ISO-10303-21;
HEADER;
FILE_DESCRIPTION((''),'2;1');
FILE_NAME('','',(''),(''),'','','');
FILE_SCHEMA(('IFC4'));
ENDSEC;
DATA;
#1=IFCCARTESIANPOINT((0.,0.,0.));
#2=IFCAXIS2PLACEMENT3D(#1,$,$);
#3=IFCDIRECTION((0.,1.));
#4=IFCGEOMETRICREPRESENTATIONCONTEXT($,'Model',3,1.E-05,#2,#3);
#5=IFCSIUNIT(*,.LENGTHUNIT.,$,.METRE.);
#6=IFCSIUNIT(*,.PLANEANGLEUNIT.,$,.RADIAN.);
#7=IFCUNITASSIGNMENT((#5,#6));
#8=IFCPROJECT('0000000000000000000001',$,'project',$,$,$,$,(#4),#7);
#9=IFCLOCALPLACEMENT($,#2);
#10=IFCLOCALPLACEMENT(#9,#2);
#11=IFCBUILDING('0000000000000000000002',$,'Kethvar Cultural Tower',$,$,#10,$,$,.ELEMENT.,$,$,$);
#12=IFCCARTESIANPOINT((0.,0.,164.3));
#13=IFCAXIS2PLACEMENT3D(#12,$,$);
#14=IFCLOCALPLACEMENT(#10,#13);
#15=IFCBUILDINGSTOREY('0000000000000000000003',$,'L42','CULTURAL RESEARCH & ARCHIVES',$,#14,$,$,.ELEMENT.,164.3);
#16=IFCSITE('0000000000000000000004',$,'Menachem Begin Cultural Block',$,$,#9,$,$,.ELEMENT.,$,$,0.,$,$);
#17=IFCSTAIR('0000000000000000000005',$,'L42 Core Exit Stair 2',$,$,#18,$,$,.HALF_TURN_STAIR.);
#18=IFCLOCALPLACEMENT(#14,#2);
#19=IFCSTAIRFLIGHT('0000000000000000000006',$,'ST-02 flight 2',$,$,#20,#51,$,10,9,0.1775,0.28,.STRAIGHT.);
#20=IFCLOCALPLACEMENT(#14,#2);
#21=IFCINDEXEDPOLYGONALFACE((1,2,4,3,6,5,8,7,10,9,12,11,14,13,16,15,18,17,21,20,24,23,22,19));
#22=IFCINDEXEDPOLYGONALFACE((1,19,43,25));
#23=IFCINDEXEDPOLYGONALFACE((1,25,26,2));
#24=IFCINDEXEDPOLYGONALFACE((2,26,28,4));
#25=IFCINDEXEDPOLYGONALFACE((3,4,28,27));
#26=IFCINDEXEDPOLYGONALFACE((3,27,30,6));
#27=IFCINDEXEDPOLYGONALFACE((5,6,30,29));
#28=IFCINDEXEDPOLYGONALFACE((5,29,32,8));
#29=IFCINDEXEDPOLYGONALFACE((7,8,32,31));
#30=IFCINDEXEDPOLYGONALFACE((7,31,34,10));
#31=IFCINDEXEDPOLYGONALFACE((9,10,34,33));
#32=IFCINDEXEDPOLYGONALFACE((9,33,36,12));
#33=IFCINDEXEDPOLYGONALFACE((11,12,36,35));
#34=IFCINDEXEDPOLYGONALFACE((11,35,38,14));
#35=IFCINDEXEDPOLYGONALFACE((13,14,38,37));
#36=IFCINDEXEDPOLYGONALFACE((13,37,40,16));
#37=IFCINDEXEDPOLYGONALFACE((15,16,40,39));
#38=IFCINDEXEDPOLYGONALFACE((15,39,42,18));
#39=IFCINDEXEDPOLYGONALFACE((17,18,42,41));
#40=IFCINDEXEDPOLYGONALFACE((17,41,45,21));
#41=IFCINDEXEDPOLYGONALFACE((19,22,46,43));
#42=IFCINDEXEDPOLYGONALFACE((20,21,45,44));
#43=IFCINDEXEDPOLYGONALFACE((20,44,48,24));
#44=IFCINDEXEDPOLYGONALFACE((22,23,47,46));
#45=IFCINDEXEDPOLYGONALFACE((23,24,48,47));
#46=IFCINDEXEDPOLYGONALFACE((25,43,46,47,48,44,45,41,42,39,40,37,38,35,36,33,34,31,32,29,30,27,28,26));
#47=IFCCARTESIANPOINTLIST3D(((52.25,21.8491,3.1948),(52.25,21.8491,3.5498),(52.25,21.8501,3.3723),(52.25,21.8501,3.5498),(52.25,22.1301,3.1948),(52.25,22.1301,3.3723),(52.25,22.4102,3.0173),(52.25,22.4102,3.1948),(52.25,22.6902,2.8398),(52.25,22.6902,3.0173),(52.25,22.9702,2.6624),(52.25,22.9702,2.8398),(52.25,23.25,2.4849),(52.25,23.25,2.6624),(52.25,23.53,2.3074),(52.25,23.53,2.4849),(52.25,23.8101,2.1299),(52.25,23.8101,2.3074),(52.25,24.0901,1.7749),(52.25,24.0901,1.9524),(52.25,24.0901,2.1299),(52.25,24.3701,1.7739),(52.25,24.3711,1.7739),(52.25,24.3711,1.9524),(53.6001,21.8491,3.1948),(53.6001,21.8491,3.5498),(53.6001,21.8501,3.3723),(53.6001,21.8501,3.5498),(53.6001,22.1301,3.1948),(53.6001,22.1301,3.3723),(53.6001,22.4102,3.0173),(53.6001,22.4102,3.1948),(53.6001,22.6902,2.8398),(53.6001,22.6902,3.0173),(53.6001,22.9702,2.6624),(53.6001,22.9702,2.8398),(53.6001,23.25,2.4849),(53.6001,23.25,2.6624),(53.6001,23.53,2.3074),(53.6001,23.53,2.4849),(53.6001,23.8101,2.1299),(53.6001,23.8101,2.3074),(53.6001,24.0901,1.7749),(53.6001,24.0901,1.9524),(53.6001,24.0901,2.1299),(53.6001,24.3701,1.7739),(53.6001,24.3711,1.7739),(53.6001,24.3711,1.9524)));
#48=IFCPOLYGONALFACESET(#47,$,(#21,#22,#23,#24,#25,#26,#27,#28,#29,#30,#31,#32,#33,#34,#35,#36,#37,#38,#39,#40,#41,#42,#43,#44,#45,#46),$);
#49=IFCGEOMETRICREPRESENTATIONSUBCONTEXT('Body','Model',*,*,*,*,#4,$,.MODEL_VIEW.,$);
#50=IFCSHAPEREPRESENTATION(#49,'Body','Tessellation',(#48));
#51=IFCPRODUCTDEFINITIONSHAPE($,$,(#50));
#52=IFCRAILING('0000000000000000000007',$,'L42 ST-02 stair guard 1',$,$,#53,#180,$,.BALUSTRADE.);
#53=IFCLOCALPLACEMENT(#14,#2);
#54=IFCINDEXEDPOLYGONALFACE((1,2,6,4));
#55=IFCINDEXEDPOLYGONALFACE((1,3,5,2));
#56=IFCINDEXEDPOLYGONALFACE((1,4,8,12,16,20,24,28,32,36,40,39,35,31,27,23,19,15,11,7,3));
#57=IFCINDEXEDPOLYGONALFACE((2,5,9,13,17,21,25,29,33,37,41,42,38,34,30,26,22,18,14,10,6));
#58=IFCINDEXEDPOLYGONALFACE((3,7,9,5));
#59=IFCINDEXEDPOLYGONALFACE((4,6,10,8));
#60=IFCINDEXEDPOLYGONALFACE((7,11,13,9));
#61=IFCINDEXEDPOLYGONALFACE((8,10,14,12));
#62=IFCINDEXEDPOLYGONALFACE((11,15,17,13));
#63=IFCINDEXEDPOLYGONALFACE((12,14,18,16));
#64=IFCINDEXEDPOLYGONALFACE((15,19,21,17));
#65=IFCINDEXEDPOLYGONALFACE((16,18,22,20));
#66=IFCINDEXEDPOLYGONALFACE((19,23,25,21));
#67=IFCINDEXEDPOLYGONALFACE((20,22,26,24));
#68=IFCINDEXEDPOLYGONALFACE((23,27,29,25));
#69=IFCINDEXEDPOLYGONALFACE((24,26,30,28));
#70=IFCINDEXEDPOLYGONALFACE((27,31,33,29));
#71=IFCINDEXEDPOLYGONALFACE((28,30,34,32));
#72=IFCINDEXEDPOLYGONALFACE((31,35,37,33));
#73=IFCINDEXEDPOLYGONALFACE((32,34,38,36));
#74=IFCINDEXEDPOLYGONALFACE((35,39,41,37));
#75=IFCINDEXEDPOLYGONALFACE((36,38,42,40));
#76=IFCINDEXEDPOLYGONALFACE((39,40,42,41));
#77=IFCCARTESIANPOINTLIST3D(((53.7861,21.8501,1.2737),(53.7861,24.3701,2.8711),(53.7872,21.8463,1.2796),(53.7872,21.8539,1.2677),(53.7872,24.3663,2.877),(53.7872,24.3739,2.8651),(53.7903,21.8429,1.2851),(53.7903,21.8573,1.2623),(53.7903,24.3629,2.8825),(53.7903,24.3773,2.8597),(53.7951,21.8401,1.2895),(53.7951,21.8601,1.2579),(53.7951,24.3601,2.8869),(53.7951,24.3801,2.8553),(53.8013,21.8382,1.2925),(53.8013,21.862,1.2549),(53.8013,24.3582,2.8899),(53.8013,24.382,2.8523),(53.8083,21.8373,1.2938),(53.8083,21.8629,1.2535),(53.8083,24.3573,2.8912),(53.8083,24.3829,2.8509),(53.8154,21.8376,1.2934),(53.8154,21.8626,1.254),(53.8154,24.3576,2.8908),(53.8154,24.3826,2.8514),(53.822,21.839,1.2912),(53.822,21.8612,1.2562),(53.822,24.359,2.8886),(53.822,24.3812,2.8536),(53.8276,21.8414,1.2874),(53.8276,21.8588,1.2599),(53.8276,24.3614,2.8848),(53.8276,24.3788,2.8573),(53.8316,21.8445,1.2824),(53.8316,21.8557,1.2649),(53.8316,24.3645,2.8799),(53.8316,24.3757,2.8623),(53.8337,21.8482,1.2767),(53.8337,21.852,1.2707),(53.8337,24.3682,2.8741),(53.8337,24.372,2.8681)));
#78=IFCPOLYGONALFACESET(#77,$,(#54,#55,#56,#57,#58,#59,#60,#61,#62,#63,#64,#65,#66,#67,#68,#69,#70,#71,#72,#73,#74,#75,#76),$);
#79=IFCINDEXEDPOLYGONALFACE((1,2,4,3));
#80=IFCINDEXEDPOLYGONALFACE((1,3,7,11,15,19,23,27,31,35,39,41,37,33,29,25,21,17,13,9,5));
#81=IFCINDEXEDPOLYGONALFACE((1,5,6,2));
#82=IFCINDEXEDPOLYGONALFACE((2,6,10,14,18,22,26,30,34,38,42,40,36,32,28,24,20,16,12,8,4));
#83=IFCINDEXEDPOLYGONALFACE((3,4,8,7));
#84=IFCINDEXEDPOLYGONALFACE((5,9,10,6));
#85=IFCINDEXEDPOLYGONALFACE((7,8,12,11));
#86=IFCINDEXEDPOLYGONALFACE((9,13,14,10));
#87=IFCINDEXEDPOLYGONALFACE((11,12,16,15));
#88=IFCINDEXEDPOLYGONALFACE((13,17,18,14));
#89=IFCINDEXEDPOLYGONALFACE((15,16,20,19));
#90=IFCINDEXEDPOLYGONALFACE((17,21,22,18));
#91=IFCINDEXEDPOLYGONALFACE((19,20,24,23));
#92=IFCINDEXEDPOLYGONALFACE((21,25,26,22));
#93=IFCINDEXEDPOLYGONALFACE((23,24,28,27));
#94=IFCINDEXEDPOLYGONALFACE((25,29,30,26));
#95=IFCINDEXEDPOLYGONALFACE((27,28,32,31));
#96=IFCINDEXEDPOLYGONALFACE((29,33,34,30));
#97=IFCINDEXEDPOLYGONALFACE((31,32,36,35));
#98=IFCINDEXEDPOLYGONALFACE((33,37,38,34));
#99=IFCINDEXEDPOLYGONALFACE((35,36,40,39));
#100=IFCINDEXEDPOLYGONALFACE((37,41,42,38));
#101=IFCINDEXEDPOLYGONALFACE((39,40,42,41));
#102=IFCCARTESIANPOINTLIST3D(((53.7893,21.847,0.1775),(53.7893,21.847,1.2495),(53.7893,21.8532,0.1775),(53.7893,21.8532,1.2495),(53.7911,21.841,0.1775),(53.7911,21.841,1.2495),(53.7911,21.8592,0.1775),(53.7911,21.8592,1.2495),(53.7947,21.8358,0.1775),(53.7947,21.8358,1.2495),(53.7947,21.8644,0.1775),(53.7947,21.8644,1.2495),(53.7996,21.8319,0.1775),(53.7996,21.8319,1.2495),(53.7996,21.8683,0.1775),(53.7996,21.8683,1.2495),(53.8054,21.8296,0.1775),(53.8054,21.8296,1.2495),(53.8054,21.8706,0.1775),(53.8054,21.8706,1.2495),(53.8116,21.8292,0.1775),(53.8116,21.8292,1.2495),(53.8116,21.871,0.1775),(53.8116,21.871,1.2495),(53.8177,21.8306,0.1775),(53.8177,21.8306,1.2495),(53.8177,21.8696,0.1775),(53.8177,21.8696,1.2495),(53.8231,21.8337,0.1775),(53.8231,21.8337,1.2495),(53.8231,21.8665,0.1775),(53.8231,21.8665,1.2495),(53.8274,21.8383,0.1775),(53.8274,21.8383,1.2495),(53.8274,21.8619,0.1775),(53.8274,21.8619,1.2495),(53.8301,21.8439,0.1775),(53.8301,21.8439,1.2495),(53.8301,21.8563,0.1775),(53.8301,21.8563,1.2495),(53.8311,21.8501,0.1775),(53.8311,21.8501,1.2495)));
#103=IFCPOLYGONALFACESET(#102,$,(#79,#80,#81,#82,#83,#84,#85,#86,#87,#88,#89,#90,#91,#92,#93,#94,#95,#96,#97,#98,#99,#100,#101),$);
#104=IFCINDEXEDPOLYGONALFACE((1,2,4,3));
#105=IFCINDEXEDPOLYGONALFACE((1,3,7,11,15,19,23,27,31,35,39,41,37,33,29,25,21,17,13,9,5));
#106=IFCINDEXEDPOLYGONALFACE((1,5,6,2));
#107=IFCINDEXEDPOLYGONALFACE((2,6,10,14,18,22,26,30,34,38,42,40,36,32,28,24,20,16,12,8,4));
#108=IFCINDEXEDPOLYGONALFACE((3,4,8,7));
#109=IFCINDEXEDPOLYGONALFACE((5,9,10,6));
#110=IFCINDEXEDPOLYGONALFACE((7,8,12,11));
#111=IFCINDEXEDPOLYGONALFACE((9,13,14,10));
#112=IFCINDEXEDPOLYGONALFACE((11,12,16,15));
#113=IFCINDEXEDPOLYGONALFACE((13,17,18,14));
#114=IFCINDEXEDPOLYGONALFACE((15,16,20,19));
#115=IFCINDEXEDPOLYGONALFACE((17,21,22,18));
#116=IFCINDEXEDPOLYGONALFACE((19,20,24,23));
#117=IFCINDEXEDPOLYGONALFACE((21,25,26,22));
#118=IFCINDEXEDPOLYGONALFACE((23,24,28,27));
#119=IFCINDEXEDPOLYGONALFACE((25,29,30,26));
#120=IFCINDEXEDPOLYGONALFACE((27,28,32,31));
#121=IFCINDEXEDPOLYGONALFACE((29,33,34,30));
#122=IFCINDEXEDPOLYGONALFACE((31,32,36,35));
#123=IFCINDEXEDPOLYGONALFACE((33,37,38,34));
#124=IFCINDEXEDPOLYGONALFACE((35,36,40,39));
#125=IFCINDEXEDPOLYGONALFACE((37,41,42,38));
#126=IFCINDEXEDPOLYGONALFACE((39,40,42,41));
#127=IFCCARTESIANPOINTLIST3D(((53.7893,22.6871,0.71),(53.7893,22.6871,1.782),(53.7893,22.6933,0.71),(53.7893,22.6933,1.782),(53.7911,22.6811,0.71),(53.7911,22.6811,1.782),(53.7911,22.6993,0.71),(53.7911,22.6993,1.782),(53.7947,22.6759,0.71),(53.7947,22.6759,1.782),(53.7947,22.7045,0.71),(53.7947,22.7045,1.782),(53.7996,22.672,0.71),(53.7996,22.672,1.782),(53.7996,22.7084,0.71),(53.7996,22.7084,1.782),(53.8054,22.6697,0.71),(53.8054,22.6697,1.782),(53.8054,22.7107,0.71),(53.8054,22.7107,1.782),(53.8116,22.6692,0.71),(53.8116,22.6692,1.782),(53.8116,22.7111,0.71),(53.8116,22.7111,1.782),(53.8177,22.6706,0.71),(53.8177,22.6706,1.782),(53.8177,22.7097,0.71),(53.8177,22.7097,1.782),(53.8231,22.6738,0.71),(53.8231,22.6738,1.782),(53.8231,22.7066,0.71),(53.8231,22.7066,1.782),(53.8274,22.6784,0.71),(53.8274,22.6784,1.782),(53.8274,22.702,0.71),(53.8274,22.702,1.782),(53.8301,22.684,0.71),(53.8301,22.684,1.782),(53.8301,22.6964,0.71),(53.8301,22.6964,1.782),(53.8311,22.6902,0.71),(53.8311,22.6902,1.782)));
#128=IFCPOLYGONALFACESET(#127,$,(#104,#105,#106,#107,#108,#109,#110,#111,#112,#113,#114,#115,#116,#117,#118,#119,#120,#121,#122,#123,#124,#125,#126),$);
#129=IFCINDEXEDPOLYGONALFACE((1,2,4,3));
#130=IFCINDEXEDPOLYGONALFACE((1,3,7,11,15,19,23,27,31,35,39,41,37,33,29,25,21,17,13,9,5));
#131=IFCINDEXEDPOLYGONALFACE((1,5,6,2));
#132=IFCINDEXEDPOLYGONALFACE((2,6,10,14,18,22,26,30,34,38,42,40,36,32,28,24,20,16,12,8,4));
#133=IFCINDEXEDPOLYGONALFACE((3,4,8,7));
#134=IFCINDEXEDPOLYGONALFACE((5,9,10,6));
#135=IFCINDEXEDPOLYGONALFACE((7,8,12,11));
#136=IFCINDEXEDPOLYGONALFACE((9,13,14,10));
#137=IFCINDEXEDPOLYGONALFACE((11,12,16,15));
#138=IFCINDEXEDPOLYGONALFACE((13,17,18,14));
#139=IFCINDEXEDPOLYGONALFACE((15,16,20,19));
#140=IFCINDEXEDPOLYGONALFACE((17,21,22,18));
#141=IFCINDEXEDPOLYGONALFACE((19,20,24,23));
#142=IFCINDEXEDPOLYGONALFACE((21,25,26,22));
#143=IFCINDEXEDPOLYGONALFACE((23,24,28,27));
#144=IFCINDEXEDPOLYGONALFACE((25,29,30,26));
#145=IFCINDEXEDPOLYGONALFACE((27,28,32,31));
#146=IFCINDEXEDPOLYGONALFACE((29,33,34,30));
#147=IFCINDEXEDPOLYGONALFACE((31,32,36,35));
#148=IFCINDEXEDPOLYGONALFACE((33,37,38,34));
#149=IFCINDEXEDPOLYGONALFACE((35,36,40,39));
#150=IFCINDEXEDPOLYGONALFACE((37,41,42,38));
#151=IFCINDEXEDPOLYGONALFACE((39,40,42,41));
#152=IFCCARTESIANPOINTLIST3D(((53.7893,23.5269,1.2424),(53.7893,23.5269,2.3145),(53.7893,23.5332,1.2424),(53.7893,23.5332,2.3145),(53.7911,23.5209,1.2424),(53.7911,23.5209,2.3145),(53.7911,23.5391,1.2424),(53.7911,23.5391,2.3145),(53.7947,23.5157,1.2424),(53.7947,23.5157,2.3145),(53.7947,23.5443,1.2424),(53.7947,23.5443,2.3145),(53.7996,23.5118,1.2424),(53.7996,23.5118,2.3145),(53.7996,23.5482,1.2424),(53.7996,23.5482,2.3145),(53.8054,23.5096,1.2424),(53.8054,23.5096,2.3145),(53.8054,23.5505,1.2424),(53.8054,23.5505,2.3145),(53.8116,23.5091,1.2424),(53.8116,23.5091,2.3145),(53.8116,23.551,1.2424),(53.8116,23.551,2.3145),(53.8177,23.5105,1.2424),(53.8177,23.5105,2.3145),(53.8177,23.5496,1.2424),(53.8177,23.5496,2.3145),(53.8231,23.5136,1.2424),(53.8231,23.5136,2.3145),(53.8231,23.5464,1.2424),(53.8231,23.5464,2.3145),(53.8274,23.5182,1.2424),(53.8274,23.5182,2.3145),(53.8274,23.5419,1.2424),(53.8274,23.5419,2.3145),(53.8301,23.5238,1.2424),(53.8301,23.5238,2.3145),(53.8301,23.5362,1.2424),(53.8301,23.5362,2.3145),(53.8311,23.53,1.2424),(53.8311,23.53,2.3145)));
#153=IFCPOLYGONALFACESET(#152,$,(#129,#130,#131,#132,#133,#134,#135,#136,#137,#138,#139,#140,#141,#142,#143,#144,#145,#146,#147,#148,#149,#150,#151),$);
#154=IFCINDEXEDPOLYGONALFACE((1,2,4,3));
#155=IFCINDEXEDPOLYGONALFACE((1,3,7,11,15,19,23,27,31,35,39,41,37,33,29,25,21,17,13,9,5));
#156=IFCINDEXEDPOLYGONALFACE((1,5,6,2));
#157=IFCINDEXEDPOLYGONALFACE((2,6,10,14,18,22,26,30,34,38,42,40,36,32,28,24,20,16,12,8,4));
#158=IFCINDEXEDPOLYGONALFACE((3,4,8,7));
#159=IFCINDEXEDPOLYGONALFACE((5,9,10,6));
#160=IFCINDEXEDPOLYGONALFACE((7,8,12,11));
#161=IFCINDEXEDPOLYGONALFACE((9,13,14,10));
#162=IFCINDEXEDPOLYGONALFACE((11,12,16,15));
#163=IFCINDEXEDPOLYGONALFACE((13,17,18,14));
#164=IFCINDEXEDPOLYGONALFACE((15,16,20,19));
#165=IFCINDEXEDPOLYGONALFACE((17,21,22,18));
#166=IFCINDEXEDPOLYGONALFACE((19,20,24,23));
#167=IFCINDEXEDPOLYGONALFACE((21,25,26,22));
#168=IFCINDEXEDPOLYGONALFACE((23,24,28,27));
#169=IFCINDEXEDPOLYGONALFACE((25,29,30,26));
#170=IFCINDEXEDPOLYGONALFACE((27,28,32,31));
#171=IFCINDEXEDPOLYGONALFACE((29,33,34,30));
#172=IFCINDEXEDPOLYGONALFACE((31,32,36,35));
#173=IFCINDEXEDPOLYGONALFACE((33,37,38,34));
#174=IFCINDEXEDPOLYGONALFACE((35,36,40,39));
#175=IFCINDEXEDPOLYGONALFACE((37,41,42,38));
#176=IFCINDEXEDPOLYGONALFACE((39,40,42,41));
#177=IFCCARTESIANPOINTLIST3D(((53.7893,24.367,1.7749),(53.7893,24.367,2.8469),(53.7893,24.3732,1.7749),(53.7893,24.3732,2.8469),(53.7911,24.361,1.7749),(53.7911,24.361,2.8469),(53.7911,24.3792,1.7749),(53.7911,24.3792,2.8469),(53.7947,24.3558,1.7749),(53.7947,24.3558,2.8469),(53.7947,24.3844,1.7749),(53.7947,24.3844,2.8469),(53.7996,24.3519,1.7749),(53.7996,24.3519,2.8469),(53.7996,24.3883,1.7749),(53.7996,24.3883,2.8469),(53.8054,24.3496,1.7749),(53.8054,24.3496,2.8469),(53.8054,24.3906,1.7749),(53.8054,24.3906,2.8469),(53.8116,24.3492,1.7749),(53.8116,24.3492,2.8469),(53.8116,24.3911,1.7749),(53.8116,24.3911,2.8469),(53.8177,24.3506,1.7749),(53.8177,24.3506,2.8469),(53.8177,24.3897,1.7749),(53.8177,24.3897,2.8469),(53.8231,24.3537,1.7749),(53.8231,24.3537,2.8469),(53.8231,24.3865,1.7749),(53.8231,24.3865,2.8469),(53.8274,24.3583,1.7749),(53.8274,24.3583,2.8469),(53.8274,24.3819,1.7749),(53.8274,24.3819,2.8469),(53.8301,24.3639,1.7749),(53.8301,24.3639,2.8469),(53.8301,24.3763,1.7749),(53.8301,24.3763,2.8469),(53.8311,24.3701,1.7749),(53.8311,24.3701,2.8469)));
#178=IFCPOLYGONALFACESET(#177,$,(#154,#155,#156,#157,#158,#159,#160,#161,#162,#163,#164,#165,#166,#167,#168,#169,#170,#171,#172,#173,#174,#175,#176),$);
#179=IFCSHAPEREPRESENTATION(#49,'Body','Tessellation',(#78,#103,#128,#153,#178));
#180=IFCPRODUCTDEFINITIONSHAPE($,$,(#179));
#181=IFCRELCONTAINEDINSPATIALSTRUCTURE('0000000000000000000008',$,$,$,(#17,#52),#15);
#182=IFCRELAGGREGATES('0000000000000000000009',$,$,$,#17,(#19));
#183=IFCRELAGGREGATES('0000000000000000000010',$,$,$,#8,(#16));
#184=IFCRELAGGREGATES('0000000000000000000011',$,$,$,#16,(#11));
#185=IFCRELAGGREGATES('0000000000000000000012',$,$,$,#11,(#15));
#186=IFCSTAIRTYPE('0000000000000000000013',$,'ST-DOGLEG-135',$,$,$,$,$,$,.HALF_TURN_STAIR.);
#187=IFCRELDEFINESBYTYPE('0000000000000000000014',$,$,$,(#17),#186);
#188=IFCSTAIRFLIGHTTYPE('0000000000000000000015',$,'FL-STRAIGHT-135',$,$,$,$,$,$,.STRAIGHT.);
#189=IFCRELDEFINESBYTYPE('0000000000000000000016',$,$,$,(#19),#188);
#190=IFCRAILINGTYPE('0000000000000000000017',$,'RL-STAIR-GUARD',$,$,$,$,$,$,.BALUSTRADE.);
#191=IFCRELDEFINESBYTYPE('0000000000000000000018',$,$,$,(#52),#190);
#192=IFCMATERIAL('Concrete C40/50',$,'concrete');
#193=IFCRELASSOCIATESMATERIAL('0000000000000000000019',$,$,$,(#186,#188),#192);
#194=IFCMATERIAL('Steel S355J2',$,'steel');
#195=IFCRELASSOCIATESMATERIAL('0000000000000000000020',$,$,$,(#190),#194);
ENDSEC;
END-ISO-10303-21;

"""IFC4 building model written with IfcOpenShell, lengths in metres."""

from ifc_helpers import new_model, si_unit, direction, frame, origin, origin_2d, place, context, subcontext, project, spatial, polyline, circle, outline, extrude, material, type_object, element, aggregate, save


model = new_model("IFC4")

# Units and contexts
model_context = context("Model", 3, precision=1e-05, world=origin(), true_north=direction((0.0, 1.0)))
body_context = subcontext(model_context, "Body", "Model", "MODEL_VIEW")
ifc_project = project(units=[si_unit("LENGTHUNIT", "METRE"), si_unit("PLANEANGLEUNIT", "RADIAN")], contexts=[model_context])

# Site, building, storey
site_placement = place(None, origin())
site = spatial("IfcSite", under=ifc_project, at=site_placement, Name="Menachem Begin Cultural Block", CompositionType="ELEMENT", RefElevation=0.0)
building_placement = place(site_placement, origin())
building = spatial("IfcBuilding", under=site, at=building_placement, Name="Kethvar Cultural Tower", CompositionType="ELEMENT")
storey_placement = place(building_placement, frame((0.0, 0.0, 164.3)))
storey = spatial("IfcBuildingStorey", under=building, at=storey_placement, Name="L42", Description="CULTURAL RESEARCH & ARCHIVES", CompositionType="ELEMENT", Elevation=164.3)

# Shared definitions
ifc_material_1 = material(Name="Steel S355J2", Category="steel")

# Shared definitions
ifc_material_2 = material(Name="Concrete C40/50", Category="concrete")

# Stair, stair flight
stair_type = type_object("IfcStairType", Name="ST-DOGLEG-135", PredefinedType="HALF_TURN_STAIR", material=ifc_material_2)
stair_placement = place(storey_placement, origin())
stair = element("IfcStair", 1, at=stair_placement, inside=storey, type_object=stair_type, Name="L42 Core Exit Stair 2", PredefinedType="HALF_TURN_STAIR")
stair_flight_type = type_object("IfcStairFlightType", Name="FL-STRAIGHT-135", PredefinedType="STRAIGHT", material=ifc_material_2)
stair_flight_1_placement = place(storey_placement, frame((52.925, 24.3701, 1.7749), z_axis=(0.0, 0.0, 1.0), x_axis=(0.0, -1.0, 0.0)))
stair_flight_1 = element("IfcStairFlight", 2, at=stair_flight_1_placement, type_object=stair_flight_type, Name="ST-02 flight 2", NumberOfRisers=10, NumberOfTreads=9, PredefinedType="STRAIGHT", RiserHeight=0.1775, TreadLength=0.28, context=body_context, shape_type="SweptSolid", body=[
    extrude(outline(polyline([(-0.001, -0.001), (-0.001, 0.1775), (0.28, 0.1775), (0.28, 0.355), (0.5601, 0.355), (0.5601, 0.5325), (0.8401, 0.5325), (0.8401, 0.71), (1.1201, 0.71), (1.1201, 0.8875), (1.3999, 0.8875), (1.3999, 1.0649), (1.6799, 1.0649), (1.6799, 1.2424), (1.96, 1.2424), (1.96, 1.4199), (2.24, 1.4199), (2.24, 1.5974), (2.52, 1.5974), (2.52, 1.7749), (2.521, 1.7749), (2.521, 1.4199), (0.28, 0.0), (0.0, -0.001), (-0.001, -0.001)])), frame((0.0, 0.675, 0.0), z_axis=(0.0, -1.0, 0.0), x_axis=(1.0, 0.0, 0.0)), (0.0, 0.0, 1.0), 1.3501),
])
aggregate(stair, [stair_flight_1])

# Railing
railing_type_1 = type_object("IfcRailingType", Name="RL-STAIR-GUARD", PredefinedType="BALUSTRADE", material=ifc_material_1)
railing_1_placement = place(storey_placement, frame((53.8101, 21.8501, 0.1775)))
element("IfcRailing", 3, at=railing_1_placement, inside=storey, type_object=railing_type_1, Name="L42 ST-02 stair guard 1", PredefinedType="BALUSTRADE", context=body_context, shape_type="SweptSolid", body=[
    extrude(circle(Radius=0.0239, at=origin_2d()), frame((0.0, 0.0, 1.0962), z_axis=(0.0, 0.844607, 0.535387), x_axis=(-1.0, 0.0, 0.0)), (0.0, 0.0, 1.0), 2.9836),
    extrude(circle(Radius=0.021, at=origin_2d()), origin(), (0.0, 0.0, 1.0), 1.072),
    extrude(circle(Radius=0.021, at=origin_2d()), frame((0.0, 0.8401, 0.5325)), (0.0, 0.0, 1.0), 1.072),
    extrude(circle(Radius=0.021, at=origin_2d()), frame((0.0, 1.6799, 1.0649)), (0.0, 0.0, 1.0), 1.072),
    extrude(circle(Radius=0.021, at=origin_2d()), frame((0.0, 2.52, 1.5974)), (0.0, 0.0, 1.0), 1.072),
])

save(model, "model.ifc")
